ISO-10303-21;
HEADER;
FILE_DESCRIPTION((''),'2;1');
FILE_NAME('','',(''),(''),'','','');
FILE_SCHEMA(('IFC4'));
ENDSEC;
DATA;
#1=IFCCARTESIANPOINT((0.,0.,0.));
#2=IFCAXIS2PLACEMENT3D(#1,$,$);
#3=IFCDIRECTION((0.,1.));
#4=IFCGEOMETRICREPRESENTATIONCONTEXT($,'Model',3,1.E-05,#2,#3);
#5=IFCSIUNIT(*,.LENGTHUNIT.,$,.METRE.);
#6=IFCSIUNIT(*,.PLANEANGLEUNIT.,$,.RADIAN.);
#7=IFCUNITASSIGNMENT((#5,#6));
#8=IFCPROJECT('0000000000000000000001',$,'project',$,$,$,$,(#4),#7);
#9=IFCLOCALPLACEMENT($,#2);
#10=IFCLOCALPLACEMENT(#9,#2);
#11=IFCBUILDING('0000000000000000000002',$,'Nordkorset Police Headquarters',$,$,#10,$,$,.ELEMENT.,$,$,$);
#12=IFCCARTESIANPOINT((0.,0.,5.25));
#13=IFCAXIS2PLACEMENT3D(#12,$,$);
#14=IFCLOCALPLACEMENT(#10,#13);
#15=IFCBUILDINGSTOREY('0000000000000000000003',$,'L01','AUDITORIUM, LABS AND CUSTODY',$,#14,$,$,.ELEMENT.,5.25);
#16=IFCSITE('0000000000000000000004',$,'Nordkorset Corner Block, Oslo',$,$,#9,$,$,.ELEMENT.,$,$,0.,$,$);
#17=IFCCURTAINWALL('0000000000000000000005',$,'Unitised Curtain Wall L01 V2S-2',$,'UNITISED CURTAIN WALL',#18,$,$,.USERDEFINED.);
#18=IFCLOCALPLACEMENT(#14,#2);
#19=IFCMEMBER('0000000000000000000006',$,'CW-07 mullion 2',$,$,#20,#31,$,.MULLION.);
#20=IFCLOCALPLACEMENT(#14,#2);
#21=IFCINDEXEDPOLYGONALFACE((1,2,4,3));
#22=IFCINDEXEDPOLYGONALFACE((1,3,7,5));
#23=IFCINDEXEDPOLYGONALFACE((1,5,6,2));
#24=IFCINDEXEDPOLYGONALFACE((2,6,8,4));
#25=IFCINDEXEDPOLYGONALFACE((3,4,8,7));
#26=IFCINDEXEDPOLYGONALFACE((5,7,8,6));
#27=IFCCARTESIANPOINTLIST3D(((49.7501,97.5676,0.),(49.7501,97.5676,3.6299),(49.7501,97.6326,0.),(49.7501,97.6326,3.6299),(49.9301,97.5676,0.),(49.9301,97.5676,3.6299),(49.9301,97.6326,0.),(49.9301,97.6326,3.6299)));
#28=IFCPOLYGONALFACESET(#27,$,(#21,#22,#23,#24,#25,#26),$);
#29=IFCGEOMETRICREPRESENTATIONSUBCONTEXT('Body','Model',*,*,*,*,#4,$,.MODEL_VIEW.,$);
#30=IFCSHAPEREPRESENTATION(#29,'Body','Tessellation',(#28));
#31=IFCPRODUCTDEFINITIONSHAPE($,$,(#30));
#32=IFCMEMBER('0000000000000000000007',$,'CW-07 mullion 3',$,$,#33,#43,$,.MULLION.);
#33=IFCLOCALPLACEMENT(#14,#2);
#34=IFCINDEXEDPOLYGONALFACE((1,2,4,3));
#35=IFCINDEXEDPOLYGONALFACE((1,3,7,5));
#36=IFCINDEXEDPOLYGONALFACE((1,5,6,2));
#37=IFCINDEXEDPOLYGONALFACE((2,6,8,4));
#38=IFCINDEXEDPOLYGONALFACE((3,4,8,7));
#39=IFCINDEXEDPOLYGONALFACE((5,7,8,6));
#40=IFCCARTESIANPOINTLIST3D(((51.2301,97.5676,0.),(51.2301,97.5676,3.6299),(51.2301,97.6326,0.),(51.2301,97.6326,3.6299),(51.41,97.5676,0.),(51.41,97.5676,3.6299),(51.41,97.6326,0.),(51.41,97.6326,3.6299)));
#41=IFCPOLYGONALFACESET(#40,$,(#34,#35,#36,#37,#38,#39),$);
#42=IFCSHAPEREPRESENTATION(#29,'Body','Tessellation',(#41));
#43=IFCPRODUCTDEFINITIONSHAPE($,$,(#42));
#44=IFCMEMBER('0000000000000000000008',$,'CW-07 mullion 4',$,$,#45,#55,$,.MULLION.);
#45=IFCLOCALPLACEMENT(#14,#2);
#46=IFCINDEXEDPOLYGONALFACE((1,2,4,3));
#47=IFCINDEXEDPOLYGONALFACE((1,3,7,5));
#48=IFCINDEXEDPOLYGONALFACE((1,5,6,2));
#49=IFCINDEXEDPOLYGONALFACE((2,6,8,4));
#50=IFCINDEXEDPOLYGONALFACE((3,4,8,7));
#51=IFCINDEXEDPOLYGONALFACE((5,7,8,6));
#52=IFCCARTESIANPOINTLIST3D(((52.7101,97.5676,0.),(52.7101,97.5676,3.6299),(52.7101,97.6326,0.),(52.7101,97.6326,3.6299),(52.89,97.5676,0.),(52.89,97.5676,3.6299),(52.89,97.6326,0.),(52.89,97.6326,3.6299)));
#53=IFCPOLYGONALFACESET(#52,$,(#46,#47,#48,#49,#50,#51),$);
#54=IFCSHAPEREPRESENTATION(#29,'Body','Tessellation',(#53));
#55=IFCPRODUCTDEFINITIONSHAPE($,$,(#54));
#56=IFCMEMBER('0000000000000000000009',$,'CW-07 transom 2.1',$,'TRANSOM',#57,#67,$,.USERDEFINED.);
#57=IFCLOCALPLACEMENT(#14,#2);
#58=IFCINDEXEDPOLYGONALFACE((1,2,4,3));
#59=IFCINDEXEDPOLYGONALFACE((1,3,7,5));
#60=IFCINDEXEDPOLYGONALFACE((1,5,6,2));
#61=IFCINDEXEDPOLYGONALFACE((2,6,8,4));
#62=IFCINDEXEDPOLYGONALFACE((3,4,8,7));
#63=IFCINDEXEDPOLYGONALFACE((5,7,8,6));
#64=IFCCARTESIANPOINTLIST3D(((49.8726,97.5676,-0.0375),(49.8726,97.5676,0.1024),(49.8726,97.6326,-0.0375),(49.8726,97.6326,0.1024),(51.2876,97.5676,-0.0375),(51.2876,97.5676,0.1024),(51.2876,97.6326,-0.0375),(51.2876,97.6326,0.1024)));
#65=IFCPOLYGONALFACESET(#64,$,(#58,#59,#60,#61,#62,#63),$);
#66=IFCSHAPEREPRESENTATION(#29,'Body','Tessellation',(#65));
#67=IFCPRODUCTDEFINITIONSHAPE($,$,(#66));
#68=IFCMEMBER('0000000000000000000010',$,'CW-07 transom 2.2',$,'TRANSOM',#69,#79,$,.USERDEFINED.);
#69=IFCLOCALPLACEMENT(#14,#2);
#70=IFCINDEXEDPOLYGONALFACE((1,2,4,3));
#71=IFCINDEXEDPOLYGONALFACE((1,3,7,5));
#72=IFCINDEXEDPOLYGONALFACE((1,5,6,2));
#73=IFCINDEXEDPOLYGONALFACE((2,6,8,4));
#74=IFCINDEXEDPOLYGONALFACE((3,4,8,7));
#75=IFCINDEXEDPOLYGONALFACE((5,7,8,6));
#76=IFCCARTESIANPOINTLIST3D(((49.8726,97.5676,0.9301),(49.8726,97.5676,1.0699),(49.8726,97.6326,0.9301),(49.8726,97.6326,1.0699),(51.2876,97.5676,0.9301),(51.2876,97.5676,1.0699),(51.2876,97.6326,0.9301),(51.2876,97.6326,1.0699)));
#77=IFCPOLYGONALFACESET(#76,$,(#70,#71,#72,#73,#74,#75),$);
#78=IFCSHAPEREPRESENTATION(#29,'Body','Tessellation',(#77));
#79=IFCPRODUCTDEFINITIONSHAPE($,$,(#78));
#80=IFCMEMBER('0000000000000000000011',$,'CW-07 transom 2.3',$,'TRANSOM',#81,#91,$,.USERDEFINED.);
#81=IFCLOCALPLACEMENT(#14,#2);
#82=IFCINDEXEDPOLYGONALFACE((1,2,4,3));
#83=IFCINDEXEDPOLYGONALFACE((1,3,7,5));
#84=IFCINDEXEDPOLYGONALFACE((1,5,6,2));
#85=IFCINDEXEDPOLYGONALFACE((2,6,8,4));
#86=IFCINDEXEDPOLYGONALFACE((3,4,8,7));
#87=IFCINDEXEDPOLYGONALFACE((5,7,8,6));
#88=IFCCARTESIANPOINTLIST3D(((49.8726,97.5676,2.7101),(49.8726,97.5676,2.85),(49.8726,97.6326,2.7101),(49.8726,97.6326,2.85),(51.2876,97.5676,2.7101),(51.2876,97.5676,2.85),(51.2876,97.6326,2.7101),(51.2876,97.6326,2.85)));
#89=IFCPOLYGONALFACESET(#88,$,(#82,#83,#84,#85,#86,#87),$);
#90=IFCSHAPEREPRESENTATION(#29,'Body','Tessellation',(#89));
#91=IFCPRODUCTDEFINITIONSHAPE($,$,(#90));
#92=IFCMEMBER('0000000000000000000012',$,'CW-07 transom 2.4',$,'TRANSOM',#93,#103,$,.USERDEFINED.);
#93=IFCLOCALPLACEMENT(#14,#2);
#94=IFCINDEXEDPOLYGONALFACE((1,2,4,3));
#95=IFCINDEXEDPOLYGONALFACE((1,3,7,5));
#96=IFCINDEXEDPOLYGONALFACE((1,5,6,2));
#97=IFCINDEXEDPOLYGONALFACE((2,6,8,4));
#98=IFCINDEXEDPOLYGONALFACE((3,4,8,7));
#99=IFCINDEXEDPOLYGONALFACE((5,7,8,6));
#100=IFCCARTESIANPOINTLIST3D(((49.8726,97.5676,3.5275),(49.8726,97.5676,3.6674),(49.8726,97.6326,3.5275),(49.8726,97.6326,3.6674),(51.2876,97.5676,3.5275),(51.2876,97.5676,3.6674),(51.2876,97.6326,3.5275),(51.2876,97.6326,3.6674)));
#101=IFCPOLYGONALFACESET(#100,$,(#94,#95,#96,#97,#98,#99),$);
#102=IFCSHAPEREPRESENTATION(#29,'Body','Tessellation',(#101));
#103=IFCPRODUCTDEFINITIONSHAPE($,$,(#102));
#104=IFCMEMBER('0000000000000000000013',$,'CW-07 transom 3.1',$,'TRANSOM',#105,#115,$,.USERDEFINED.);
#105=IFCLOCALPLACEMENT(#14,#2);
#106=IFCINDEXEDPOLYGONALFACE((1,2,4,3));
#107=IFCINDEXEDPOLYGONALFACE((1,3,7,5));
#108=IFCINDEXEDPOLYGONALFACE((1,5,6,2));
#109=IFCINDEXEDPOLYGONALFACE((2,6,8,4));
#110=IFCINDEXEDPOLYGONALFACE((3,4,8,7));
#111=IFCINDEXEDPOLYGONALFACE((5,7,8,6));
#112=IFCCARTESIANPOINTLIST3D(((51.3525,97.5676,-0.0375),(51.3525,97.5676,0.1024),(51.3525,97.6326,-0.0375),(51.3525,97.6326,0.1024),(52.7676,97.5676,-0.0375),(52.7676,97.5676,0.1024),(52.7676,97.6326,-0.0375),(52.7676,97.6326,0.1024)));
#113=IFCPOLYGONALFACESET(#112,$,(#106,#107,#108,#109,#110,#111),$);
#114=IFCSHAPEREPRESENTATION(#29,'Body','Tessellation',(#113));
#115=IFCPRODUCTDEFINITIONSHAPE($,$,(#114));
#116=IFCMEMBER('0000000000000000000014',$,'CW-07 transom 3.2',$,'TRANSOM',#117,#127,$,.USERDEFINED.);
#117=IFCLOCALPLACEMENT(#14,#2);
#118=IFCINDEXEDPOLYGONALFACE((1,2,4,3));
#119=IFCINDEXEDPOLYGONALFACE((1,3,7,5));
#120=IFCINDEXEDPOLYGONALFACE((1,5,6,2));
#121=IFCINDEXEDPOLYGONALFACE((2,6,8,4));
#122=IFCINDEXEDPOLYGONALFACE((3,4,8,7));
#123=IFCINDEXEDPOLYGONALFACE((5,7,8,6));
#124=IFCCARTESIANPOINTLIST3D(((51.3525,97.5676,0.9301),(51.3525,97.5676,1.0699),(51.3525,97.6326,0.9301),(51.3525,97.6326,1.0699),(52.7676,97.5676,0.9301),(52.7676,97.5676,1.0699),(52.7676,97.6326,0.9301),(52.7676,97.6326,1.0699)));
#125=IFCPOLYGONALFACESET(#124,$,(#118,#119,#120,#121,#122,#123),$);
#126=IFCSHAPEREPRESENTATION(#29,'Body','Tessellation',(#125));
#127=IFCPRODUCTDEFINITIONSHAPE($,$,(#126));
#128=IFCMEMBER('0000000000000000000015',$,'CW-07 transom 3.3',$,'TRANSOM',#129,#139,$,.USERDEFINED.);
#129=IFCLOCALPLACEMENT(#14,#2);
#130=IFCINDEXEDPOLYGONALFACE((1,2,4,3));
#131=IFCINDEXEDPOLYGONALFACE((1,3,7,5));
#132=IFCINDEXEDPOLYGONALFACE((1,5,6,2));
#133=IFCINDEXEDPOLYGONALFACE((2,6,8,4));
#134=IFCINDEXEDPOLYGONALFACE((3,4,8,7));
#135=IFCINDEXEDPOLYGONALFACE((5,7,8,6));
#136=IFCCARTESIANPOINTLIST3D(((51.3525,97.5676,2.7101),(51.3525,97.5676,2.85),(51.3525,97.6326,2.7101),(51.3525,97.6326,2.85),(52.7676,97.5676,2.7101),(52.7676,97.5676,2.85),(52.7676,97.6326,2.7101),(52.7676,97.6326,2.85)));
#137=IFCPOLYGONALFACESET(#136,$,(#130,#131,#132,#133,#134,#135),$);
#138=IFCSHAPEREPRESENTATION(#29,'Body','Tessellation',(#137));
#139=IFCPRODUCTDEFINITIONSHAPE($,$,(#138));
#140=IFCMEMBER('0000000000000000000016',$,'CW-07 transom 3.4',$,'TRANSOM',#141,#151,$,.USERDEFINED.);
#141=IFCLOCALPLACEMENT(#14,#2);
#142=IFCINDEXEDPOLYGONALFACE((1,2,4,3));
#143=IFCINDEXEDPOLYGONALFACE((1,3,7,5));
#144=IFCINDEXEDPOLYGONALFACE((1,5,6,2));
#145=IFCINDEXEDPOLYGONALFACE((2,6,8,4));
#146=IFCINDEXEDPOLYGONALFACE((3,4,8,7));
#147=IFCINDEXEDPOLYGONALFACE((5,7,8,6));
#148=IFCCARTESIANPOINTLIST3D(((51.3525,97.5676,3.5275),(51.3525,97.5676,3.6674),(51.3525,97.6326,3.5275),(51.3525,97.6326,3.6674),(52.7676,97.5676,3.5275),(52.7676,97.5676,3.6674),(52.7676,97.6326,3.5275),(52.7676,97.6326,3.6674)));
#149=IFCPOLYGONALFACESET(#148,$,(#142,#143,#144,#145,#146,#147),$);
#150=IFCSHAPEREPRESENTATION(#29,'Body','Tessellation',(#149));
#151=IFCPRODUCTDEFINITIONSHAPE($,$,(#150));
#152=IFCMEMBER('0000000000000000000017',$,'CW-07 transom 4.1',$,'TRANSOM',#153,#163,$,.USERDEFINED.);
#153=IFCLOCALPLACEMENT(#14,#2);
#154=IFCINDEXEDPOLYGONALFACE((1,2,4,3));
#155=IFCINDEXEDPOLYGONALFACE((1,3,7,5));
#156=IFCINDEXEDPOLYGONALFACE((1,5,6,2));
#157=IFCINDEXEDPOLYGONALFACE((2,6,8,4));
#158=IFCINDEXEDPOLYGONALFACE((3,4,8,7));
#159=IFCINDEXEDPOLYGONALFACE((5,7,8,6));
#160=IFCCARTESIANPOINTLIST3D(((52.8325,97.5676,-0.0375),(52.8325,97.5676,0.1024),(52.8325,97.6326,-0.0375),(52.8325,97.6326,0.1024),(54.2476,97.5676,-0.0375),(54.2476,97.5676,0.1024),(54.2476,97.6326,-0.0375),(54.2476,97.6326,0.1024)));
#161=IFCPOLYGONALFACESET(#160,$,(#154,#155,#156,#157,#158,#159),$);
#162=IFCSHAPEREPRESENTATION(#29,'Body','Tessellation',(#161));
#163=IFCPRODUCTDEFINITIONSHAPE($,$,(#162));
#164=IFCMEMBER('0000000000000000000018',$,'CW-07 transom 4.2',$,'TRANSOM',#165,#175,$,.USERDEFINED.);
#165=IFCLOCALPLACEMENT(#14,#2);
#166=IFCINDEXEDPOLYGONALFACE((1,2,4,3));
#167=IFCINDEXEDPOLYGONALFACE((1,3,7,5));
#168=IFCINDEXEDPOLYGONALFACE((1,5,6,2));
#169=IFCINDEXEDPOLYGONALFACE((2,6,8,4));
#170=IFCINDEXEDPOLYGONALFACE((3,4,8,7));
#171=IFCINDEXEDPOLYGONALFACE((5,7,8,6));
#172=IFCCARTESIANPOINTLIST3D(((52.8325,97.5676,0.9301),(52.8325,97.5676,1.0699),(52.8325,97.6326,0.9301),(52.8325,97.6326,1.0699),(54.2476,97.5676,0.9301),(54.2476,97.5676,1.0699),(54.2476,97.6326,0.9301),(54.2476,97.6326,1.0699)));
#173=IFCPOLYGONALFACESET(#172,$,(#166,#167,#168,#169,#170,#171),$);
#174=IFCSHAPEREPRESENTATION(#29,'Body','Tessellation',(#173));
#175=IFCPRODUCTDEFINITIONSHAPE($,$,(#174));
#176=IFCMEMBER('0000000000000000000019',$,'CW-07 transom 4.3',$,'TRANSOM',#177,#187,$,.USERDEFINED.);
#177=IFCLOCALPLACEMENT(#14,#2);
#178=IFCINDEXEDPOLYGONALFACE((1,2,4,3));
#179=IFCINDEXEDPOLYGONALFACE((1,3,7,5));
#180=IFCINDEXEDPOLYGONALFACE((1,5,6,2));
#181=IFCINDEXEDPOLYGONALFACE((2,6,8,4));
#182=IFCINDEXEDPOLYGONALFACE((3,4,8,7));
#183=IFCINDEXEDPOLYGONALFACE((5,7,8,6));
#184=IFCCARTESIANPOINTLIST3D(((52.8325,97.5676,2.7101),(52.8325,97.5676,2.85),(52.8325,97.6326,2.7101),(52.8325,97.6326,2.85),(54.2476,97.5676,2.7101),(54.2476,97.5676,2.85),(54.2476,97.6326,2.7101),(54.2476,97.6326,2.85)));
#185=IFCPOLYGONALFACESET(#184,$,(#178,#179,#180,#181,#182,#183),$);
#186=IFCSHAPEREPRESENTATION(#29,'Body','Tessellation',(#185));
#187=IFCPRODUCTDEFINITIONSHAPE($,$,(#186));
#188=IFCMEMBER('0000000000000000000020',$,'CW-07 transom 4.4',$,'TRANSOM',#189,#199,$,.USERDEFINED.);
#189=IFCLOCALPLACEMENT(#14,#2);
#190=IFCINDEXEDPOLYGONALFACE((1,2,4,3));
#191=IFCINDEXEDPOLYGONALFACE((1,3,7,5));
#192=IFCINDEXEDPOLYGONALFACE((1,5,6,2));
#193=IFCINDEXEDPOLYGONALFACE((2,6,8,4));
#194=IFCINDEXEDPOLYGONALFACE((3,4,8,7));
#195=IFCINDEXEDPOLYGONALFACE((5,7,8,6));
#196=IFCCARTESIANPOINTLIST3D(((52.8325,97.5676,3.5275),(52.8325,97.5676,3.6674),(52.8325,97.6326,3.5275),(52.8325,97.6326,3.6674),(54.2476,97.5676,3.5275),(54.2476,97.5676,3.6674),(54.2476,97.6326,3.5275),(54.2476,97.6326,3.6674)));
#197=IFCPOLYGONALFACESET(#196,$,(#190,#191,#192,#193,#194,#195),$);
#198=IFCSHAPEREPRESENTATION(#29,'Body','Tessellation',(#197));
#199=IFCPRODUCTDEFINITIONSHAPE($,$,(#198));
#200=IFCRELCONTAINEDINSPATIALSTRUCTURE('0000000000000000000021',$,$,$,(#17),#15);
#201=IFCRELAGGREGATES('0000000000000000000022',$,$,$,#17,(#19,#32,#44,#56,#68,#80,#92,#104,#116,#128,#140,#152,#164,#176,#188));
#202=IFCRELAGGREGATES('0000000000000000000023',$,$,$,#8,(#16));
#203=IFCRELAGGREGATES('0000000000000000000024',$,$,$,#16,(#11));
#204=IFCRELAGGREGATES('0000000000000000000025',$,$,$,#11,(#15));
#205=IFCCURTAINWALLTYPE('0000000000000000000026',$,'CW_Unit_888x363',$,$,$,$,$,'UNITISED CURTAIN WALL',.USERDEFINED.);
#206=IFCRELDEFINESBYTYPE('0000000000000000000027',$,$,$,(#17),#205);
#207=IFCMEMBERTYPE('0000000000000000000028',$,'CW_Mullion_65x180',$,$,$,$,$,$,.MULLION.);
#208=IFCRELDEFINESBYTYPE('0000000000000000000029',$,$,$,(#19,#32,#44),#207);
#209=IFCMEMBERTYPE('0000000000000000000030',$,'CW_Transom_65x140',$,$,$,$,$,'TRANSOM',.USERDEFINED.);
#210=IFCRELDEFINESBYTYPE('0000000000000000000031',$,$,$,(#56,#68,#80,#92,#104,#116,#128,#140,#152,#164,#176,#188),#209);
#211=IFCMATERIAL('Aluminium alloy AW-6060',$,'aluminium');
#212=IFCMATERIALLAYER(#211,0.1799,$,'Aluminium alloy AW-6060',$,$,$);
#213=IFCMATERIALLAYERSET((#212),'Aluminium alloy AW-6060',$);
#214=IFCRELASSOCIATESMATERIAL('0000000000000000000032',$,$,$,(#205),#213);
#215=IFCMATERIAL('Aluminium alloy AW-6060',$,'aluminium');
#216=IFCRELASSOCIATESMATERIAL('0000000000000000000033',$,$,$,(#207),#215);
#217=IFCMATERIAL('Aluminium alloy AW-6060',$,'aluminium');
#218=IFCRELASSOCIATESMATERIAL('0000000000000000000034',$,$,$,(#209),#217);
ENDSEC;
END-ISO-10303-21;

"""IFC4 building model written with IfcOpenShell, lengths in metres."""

from ifc_helpers import new_model, si_unit, direction, frame, origin, origin_2d, place, context, subcontext, project, spatial, rectangle, extrude, material, layer, layer_set, material_profile, profile_set, type_object, element, aggregate, save


model = new_model("IFC4")

# Units and contexts
model_context = context("Model", 3, precision=1e-05, world=origin(), true_north=direction((0.0, 1.0)))
body_context = subcontext(model_context, "Body", "Model", "MODEL_VIEW")
ifc_project = project(units=[si_unit("LENGTHUNIT", "METRE"), si_unit("PLANEANGLEUNIT", "RADIAN")], contexts=[model_context])

# Site, building, storey
site_placement = place(None, origin())
site = spatial("IfcSite", under=ifc_project, at=site_placement, Name="Nordkorset Corner Block, Oslo", CompositionType="ELEMENT", RefElevation=0.0)
building_placement = place(site_placement, origin())
building = spatial("IfcBuilding", under=site, at=building_placement, Name="Nordkorset Police Headquarters", CompositionType="ELEMENT")
storey_placement = place(building_placement, frame((0.0, 0.0, 5.25)))
storey = spatial("IfcBuildingStorey", under=building, at=storey_placement, Name="L01", Description="AUDITORIUM, LABS AND CUSTODY", CompositionType="ELEMENT", Elevation=5.25)

# Curtain wall, members
ifc_material_1 = material(Name="Aluminium alloy AW-6060", Category="aluminium")
ifc_layer_1 = layer(ifc_material_1, 0.1799, Name="Aluminium alloy AW-6060")
ifc_layer_set_1 = layer_set([ifc_layer_1], Name="Aluminium alloy AW-6060")
curtain_wall_type = type_object("IfcCurtainWallType", Name="CW_Unit_888x363", ElementType="UNITISED CURTAIN WALL", PredefinedType="USERDEFINED", material=ifc_layer_set_1)
curtain_wall_placement = place(storey_placement, origin())
curtain_wall = element("IfcCurtainWall", 1, at=curtain_wall_placement, inside=storey, type_object=curtain_wall_type, Name="Unitised Curtain Wall L01 V2S-2", ObjectType="UNITISED CURTAIN WALL", PredefinedType="USERDEFINED")
ifc_material_2 = material(Name="Aluminium alloy AW-6060", Category="aluminium")
ifc_material_profile_1 = material_profile(ifc_material_2, rectangle(XDim=0.0649, YDim=0.1799, at=origin_2d()), Name="ALU MULL 65x180")
ifc_profile_set_1 = profile_set([ifc_material_profile_1], Name="Aluminium alloy AW-6060")
member_type_1 = type_object("IfcMemberType", Name="CW_Mullion_65x180", PredefinedType="MULLION", material=ifc_profile_set_1)
member_1_placement = place(storey_placement, frame((49.8401, 97.6001, 0.0), z_axis=(0.0, 0.0, 1.0), x_axis=(0.0, 1.0, 0.0)))
member_1 = element("IfcMember", 2, at=member_1_placement, type_object=member_type_1, Name="CW-07 mullion 2", PredefinedType="MULLION", context=body_context, shape_type="SweptSolid", body=[
    extrude(rectangle(XDim=0.0649, YDim=0.1799, at=origin_2d()), origin(), (0.0, 0.0, 1.0), 3.6299),
])
member_2_placement = place(storey_placement, frame((51.3201, 97.6001, 0.0), z_axis=(0.0, 0.0, 1.0), x_axis=(0.0, 1.0, 0.0)))
member_2 = element("IfcMember", 3, at=member_2_placement, type_object=member_type_1, Name="CW-07 mullion 3", PredefinedType="MULLION", context=body_context, shape_type="SweptSolid", body=[
    extrude(rectangle(XDim=0.0649, YDim=0.1799, at=origin_2d()), origin(), (0.0, 0.0, 1.0), 3.6299),
])
member_3_placement = place(storey_placement, frame((52.8, 97.6001, 0.0), z_axis=(0.0, 0.0, 1.0), x_axis=(0.0, 1.0, 0.0)))
member_3 = element("IfcMember", 4, at=member_3_placement, type_object=member_type_1, Name="CW-07 mullion 4", PredefinedType="MULLION", context=body_context, shape_type="SweptSolid", body=[
    extrude(rectangle(XDim=0.0649, YDim=0.1799, at=origin_2d()), origin(), (0.0, 0.0, 1.0), 3.6299),
])
ifc_material_3 = material(Name="Aluminium alloy AW-6060", Category="aluminium")
ifc_material_profile_2 = material_profile(ifc_material_3, rectangle(XDim=0.0649, YDim=0.1399, at=origin_2d()), Name="ALU TRAN 65x140")
ifc_profile_set_2 = profile_set([ifc_material_profile_2], Name="Aluminium alloy AW-6060")
member_type_2 = type_object("IfcMemberType", Name="CW_Transom_65x140", ElementType="TRANSOM", PredefinedType="USERDEFINED", material=ifc_profile_set_2)
member_4_placement = place(storey_placement, frame((49.8726, 97.6001, 0.0325), z_axis=(1.0, 0.0, 0.0), x_axis=(0.0, 1.0, 0.0)))
member_4 = element("IfcMember", 5, at=member_4_placement, type_object=member_type_2, Name="CW-07 transom 2.1", ObjectType="TRANSOM", PredefinedType="USERDEFINED", context=body_context, shape_type="SweptSolid", body=[
    extrude(rectangle(XDim=0.0649, YDim=0.1399, at=origin_2d()), origin(), (0.0, 0.0, 1.0), 1.415),
])
member_5_placement = place(storey_placement, frame((49.8726, 97.6001, 1.0), z_axis=(1.0, 0.0, 0.0), x_axis=(0.0, 1.0, 0.0)))
member_5 = element("IfcMember", 6, at=member_5_placement, type_object=member_type_2, Name="CW-07 transom 2.2", ObjectType="TRANSOM", PredefinedType="USERDEFINED", context=body_context, shape_type="SweptSolid", body=[
    extrude(rectangle(XDim=0.0649, YDim=0.1399, at=origin_2d()), origin(), (0.0, 0.0, 1.0), 1.415),
])
member_6_placement = place(storey_placement, frame((49.8726, 97.6001, 2.78), z_axis=(1.0, 0.0, 0.0), x_axis=(0.0, 1.0, 0.0)))
member_6 = element("IfcMember", 7, at=member_6_placement, type_object=member_type_2, Name="CW-07 transom 2.3", ObjectType="TRANSOM", PredefinedType="USERDEFINED", context=body_context, shape_type="SweptSolid", body=[
    extrude(rectangle(XDim=0.0649, YDim=0.1399, at=origin_2d()), origin(), (0.0, 0.0, 1.0), 1.415),
])
member_7_placement = place(storey_placement, frame((49.8726, 97.6001, 3.5974), z_axis=(1.0, 0.0, 0.0), x_axis=(0.0, 1.0, 0.0)))
member_7 = element("IfcMember", 8, at=member_7_placement, type_object=member_type_2, Name="CW-07 transom 2.4", ObjectType="TRANSOM", PredefinedType="USERDEFINED", context=body_context, shape_type="SweptSolid", body=[
    extrude(rectangle(XDim=0.0649, YDim=0.1399, at=origin_2d()), origin(), (0.0, 0.0, 1.0), 1.415),
])
member_8_placement = place(storey_placement, frame((51.3525, 97.6001, 0.0325), z_axis=(1.0, 0.0, 0.0), x_axis=(0.0, 1.0, 0.0)))
member_8 = element("IfcMember", 9, at=member_8_placement, type_object=member_type_2, Name="CW-07 transom 3.1", ObjectType="TRANSOM", PredefinedType="USERDEFINED", context=body_context, shape_type="SweptSolid", body=[
    extrude(rectangle(XDim=0.0649, YDim=0.1399, at=origin_2d()), origin(), (0.0, 0.0, 1.0), 1.415),
])
member_9_placement = place(storey_placement, frame((51.3525, 97.6001, 1.0), z_axis=(1.0, 0.0, 0.0), x_axis=(0.0, 1.0, 0.0)))
member_9 = element("IfcMember", 10, at=member_9_placement, type_object=member_type_2, Name="CW-07 transom 3.2", ObjectType="TRANSOM", PredefinedType="USERDEFINED", context=body_context, shape_type="SweptSolid", body=[
    extrude(rectangle(XDim=0.0649, YDim=0.1399, at=origin_2d()), origin(), (0.0, 0.0, 1.0), 1.415),
])
member_10_placement = place(storey_placement, frame((51.3525, 97.6001, 2.78), z_axis=(1.0, 0.0, 0.0), x_axis=(0.0, 1.0, 0.0)))
member_10 = element("IfcMember", 11, at=member_10_placement, type_object=member_type_2, Name="CW-07 transom 3.3", ObjectType="TRANSOM", PredefinedType="USERDEFINED", context=body_context, shape_type="SweptSolid", body=[
    extrude(rectangle(XDim=0.0649, YDim=0.1399, at=origin_2d()), origin(), (0.0, 0.0, 1.0), 1.415),
])
member_11_placement = place(storey_placement, frame((51.3525, 97.6001, 3.5974), z_axis=(1.0, 0.0, 0.0), x_axis=(0.0, 1.0, 0.0)))
member_11 = element("IfcMember", 12, at=member_11_placement, type_object=member_type_2, Name="CW-07 transom 3.4", ObjectType="TRANSOM", PredefinedType="USERDEFINED", context=body_context, shape_type="SweptSolid", body=[
    extrude(rectangle(XDim=0.0649, YDim=0.1399, at=origin_2d()), origin(), (0.0, 0.0, 1.0), 1.415),
])
member_12_placement = place(storey_placement, frame((52.8325, 97.6001, 0.0325), z_axis=(1.0, 0.0, 0.0), x_axis=(0.0, 1.0, 0.0)))
member_12 = element("IfcMember", 13, at=member_12_placement, type_object=member_type_2, Name="CW-07 transom 4.1", ObjectType="TRANSOM", PredefinedType="USERDEFINED", context=body_context, shape_type="SweptSolid", body=[
    extrude(rectangle(XDim=0.0649, YDim=0.1399, at=origin_2d()), origin(), (0.0, 0.0, 1.0), 1.415),
])
member_13_placement = place(storey_placement, frame((52.8325, 97.6001, 1.0), z_axis=(1.0, 0.0, 0.0), x_axis=(0.0, 1.0, 0.0)))
member_13 = element("IfcMember", 14, at=member_13_placement, type_object=member_type_2, Name="CW-07 transom 4.2", ObjectType="TRANSOM", PredefinedType="USERDEFINED", context=body_context, shape_type="SweptSolid", body=[
    extrude(rectangle(XDim=0.0649, YDim=0.1399, at=origin_2d()), origin(), (0.0, 0.0, 1.0), 1.415),
])
member_14_placement = place(storey_placement, frame((52.8325, 97.6001, 2.78), z_axis=(1.0, 0.0, 0.0), x_axis=(0.0, 1.0, 0.0)))
member_14 = element("IfcMember", 15, at=member_14_placement, type_object=member_type_2, Name="CW-07 transom 4.3", ObjectType="TRANSOM", PredefinedType="USERDEFINED", context=body_context, shape_type="SweptSolid", body=[
    extrude(rectangle(XDim=0.0649, YDim=0.1399, at=origin_2d()), origin(), (0.0, 0.0, 1.0), 1.415),
])
member_15_placement = place(storey_placement, frame((52.8325, 97.6001, 3.5974), z_axis=(1.0, 0.0, 0.0), x_axis=(0.0, 1.0, 0.0)))
member_15 = element("IfcMember", 16, at=member_15_placement, type_object=member_type_2, Name="CW-07 transom 4.4", ObjectType="TRANSOM", PredefinedType="USERDEFINED", context=body_context, shape_type="SweptSolid", body=[
    extrude(rectangle(XDim=0.0649, YDim=0.1399, at=origin_2d()), origin(), (0.0, 0.0, 1.0), 1.415),
])
aggregate(curtain_wall, [member_1, member_2, member_3, member_4, member_5, member_6, member_7, member_8, member_9, member_10, member_11, member_12, member_13, member_14, member_15])

save(model, "model.ifc")
